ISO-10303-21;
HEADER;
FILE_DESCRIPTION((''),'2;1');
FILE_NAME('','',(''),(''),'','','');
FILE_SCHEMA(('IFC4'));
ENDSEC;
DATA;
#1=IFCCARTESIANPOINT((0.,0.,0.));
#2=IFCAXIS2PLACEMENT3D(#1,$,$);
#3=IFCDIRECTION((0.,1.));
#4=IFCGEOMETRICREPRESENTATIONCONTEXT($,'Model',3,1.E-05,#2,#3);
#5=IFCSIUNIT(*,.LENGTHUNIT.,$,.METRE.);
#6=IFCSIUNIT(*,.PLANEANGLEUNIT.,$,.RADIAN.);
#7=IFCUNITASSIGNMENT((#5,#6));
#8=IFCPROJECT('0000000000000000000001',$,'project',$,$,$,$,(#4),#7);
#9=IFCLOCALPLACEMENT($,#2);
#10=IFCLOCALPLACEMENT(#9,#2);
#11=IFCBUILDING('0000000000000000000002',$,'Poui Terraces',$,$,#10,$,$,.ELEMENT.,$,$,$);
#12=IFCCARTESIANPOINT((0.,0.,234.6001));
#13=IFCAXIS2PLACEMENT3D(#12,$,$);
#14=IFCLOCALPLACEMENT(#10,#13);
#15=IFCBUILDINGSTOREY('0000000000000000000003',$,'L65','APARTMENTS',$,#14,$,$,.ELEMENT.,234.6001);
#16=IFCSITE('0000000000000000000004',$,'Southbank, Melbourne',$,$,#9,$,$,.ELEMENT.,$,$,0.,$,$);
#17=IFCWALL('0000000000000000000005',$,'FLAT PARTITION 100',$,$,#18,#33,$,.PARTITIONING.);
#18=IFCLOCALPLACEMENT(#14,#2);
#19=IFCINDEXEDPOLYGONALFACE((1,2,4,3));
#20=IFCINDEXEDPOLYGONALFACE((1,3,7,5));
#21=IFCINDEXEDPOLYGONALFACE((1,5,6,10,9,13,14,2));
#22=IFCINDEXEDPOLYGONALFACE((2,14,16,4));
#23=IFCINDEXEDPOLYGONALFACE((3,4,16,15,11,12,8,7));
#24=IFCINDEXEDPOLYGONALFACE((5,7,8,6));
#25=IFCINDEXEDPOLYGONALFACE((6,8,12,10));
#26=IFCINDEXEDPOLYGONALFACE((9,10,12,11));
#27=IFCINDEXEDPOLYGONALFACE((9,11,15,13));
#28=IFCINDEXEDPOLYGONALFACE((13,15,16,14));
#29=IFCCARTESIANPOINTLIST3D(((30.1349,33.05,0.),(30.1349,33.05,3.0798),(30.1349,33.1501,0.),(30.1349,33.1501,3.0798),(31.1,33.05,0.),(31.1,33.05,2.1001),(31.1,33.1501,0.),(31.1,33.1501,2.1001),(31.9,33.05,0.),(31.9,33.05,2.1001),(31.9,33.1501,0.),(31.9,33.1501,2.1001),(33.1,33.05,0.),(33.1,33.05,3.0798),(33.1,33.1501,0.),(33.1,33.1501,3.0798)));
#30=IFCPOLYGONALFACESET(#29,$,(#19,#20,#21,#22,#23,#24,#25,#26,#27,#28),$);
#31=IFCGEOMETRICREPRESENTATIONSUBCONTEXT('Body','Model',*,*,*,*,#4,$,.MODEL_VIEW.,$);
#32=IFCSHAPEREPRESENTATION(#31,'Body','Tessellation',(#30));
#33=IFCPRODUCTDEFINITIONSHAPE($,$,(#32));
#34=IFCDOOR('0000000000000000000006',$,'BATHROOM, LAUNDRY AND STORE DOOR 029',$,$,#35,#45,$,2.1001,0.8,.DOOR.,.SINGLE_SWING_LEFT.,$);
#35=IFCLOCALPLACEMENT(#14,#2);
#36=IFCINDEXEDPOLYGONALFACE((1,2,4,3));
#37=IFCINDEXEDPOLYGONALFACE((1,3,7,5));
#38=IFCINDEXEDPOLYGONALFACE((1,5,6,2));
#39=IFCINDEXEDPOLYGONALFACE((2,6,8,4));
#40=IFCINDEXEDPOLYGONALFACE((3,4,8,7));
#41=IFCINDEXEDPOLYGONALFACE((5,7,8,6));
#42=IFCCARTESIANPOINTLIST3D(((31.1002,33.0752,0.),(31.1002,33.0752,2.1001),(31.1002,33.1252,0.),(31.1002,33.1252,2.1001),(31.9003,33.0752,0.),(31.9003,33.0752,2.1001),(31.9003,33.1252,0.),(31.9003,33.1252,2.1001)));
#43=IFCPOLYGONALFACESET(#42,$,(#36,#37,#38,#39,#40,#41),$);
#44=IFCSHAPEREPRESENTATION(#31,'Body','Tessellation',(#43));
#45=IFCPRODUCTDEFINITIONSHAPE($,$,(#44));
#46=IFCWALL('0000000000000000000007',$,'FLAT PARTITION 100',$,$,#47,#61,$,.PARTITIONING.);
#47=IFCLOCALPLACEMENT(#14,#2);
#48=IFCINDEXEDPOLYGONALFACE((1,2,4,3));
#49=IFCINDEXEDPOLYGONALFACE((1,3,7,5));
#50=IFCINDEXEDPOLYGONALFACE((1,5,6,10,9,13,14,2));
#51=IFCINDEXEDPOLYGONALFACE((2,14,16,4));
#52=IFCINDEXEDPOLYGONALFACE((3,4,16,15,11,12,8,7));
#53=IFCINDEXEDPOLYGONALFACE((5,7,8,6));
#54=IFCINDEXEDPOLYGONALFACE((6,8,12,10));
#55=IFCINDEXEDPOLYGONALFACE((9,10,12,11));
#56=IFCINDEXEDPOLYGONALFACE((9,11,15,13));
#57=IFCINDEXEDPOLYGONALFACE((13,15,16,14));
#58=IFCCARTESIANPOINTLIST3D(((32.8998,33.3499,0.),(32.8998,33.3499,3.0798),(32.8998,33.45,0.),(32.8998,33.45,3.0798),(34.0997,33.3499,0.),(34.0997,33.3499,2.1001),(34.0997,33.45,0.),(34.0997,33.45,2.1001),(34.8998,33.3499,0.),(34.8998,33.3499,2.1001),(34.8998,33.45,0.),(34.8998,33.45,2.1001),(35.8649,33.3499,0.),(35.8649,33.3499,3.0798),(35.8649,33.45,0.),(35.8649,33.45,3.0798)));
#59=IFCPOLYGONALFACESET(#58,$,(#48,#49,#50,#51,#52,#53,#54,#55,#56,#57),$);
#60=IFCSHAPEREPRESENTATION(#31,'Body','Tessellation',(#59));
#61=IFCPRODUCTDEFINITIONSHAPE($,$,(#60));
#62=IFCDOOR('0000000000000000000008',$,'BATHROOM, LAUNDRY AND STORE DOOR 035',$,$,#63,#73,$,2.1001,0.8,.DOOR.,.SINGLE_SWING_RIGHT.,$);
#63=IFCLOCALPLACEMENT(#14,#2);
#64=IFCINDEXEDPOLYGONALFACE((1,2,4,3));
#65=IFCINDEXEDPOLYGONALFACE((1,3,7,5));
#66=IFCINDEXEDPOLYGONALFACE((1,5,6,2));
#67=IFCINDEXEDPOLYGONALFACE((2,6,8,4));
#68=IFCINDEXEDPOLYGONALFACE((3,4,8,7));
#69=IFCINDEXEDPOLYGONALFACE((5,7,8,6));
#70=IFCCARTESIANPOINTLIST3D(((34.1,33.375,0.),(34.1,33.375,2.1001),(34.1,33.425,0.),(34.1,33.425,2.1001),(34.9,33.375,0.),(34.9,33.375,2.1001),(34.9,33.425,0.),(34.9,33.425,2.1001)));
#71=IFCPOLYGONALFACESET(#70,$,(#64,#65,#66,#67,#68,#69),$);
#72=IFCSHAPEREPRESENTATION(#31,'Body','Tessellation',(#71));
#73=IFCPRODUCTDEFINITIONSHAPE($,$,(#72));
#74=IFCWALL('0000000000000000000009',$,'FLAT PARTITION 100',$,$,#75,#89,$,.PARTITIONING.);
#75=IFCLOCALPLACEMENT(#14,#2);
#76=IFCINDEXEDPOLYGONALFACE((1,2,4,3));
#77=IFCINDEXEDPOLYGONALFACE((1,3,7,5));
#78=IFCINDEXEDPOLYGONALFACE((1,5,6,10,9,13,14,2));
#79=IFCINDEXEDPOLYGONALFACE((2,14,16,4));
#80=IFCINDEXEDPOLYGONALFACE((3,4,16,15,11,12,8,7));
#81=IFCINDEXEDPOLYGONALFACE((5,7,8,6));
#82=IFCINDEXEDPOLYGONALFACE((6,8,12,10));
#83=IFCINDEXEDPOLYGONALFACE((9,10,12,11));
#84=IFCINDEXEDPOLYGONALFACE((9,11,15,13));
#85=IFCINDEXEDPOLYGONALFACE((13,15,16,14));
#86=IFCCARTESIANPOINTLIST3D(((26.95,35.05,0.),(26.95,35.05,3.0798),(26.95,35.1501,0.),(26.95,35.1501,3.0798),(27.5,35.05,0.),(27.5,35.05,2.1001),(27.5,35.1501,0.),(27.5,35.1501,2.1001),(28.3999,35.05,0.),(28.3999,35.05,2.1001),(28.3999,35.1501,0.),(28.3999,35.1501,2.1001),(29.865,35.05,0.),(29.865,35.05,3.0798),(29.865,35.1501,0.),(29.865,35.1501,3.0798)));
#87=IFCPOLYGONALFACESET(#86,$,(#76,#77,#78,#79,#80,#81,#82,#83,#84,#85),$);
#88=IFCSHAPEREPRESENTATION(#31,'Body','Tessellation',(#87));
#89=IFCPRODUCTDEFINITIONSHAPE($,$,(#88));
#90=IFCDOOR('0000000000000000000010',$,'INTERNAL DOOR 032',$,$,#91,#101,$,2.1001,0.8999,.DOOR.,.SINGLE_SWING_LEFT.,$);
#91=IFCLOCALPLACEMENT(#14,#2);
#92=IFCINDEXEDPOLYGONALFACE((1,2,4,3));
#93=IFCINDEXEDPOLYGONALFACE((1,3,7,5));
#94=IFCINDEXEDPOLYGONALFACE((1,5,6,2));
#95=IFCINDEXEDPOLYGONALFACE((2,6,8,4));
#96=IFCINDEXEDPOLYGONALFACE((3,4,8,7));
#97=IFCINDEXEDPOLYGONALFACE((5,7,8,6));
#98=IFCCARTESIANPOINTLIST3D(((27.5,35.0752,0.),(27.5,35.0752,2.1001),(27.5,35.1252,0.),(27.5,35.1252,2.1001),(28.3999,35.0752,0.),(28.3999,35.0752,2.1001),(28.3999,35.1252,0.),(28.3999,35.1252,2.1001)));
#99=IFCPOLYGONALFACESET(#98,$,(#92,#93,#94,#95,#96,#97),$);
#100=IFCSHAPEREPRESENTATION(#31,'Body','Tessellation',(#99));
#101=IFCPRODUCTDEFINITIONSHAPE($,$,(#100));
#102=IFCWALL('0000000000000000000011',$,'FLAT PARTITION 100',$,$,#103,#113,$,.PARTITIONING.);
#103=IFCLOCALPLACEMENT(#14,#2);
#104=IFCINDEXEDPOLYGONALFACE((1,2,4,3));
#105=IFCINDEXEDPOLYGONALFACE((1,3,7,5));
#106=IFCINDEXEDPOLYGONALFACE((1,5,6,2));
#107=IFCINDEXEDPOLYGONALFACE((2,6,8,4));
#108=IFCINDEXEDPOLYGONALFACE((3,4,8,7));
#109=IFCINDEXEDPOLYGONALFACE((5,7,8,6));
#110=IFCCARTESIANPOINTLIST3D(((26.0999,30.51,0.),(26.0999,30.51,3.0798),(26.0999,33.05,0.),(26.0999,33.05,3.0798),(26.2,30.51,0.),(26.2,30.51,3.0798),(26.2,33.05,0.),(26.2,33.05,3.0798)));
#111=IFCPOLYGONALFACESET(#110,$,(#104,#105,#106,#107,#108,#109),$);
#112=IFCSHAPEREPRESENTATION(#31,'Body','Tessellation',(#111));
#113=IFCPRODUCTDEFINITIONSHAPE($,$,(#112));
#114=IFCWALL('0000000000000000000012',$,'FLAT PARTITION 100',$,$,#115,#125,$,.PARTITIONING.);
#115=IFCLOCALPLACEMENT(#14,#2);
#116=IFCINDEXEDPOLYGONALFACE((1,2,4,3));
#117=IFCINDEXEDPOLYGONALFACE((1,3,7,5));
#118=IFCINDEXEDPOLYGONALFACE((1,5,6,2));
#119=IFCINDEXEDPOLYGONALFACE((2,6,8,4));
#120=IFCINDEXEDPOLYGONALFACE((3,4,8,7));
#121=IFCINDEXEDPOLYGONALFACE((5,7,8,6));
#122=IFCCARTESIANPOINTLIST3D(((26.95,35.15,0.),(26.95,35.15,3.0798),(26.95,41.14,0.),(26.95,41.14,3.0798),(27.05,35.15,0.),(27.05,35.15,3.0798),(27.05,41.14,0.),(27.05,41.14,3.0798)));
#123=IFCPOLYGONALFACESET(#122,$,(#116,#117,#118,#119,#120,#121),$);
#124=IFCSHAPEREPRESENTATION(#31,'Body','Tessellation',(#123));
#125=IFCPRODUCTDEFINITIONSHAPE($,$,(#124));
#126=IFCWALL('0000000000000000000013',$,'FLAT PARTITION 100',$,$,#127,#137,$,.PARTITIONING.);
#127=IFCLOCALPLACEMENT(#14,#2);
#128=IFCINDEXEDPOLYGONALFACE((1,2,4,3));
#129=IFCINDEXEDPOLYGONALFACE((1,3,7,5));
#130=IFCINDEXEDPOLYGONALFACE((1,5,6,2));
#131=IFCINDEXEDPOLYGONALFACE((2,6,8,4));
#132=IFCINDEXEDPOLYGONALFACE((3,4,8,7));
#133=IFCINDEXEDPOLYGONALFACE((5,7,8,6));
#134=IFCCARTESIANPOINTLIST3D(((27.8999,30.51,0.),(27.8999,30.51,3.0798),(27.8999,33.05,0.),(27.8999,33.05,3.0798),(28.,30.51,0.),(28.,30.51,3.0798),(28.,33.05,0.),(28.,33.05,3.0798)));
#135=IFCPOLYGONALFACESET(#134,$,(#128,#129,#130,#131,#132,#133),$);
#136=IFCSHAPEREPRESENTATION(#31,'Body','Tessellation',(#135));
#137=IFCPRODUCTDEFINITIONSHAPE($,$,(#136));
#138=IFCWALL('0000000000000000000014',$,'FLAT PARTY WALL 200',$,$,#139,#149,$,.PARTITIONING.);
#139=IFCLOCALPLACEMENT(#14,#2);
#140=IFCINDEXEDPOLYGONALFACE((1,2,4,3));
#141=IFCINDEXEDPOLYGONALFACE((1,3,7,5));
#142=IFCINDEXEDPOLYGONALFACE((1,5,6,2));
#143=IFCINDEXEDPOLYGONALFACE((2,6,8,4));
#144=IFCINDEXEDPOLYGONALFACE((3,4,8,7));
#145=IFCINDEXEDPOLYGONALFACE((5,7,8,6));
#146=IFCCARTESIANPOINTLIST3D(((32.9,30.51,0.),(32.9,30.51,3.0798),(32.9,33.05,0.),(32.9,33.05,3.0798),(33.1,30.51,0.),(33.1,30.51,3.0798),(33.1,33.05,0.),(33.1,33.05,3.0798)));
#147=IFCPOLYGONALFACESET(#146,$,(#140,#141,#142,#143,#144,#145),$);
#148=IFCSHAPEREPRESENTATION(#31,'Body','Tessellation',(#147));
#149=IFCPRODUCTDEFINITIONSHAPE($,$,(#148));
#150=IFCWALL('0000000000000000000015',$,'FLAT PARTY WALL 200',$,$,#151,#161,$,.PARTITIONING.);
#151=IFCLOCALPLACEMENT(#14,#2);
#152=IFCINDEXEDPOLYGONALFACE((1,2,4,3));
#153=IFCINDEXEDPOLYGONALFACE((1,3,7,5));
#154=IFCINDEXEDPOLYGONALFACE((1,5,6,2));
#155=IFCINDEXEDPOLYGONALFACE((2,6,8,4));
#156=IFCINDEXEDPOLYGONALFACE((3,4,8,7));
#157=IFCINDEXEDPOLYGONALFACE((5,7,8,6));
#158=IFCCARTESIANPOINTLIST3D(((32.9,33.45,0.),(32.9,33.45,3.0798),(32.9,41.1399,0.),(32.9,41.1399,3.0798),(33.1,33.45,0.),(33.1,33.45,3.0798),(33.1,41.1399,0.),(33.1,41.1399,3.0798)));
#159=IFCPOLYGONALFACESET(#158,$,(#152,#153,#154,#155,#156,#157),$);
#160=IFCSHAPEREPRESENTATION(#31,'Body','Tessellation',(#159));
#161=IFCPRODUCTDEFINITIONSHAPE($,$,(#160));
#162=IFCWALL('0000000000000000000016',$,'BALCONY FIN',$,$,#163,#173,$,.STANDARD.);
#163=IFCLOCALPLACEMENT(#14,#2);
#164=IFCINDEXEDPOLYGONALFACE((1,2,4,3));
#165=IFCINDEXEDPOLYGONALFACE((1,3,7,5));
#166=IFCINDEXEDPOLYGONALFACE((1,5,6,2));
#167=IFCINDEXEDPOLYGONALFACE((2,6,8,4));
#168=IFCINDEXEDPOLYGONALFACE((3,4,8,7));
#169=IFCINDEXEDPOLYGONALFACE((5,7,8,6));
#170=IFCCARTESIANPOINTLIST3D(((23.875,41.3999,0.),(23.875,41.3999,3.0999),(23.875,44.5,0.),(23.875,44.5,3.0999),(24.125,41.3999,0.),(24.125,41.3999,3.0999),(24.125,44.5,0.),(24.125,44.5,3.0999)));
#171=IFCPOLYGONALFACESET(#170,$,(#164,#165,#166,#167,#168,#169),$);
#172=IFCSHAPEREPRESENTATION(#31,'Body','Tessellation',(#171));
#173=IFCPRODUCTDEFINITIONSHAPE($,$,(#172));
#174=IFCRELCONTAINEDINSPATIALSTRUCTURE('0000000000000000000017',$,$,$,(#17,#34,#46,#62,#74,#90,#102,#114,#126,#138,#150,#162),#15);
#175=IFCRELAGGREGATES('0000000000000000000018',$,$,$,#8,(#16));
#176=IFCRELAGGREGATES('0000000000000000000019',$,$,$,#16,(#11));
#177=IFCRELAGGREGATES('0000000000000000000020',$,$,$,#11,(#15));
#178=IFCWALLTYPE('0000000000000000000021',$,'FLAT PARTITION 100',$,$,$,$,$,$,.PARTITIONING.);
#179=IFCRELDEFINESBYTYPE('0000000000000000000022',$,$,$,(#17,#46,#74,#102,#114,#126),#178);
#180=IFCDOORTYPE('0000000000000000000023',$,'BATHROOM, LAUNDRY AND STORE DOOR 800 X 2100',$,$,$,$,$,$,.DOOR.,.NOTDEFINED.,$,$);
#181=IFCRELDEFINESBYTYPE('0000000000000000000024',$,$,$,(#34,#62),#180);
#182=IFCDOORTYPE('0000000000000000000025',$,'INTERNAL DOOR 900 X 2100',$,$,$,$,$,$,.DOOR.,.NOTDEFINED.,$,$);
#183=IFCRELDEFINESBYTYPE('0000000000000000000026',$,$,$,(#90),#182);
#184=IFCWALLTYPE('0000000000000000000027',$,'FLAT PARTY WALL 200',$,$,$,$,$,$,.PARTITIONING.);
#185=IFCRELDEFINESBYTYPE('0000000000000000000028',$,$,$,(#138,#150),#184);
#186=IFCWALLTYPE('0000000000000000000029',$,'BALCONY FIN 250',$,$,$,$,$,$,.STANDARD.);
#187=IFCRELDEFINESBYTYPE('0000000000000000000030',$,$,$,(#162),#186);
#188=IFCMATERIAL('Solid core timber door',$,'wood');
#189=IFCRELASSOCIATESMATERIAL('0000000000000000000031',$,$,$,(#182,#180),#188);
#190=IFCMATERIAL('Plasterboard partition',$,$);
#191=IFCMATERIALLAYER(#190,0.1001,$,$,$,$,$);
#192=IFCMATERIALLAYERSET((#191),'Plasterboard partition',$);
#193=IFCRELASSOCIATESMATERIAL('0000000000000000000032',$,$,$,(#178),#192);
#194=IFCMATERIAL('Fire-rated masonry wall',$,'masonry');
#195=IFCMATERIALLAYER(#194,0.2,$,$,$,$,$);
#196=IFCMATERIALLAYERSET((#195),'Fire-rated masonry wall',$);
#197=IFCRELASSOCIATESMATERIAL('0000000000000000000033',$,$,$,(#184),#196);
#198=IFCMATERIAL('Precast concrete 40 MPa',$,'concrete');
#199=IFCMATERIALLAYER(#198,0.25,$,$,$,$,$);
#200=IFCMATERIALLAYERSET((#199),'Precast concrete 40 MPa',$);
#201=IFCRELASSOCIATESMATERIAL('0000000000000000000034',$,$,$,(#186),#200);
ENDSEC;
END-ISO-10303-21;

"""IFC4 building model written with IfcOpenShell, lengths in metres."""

from ifc_helpers import new_model, si_unit, direction, frame, frame_2d, origin, place, context, subcontext, project, spatial, polyline, rectangle, outline, extrude, source, transform, mapped, material, layer, layer_set, type_object, element, fill, save


model = new_model("IFC4")

# Units and contexts
model_context = context("Model", 3, precision=1e-05, world=origin(), true_north=direction((0.0, 1.0)))
body_context = subcontext(model_context, "Body", "Model", "MODEL_VIEW")
ifc_project = project(units=[si_unit("LENGTHUNIT", "METRE"), si_unit("PLANEANGLEUNIT", "RADIAN")], contexts=[model_context])

# Site, building, storey
site_placement = place(None, origin())
site = spatial("IfcSite", under=ifc_project, at=site_placement, Name="Southbank, Melbourne", CompositionType="ELEMENT", RefElevation=0.0)
building_placement = place(site_placement, origin())
building = spatial("IfcBuilding", under=site, at=building_placement, Name="Poui Terraces", CompositionType="ELEMENT")
storey_placement = place(building_placement, frame((0.0, 0.0, 234.6001)))
storey = spatial("IfcBuildingStorey", under=building, at=storey_placement, Name="L65", Description="APARTMENTS", CompositionType="ELEMENT", Elevation=234.6001)

# Walls, openings, doors
ifc_material_1 = material(Name="Solid core timber door", Category="wood")
door_type_1 = type_object("IfcDoorType", Name="INTERNAL DOOR 900 X 2100", OperationType="NOTDEFINED", PredefinedType="DOOR", material=ifc_material_1)
ifc_material_2 = material(Name="Plasterboard partition")
ifc_layer_1 = layer(ifc_material_2, 0.1001)
ifc_layer_set_1 = layer_set([ifc_layer_1], Name="Plasterboard partition")
wall_type_1 = type_object("IfcWallType", Name="FLAT PARTITION 100", PredefinedType="PARTITIONING", material=ifc_layer_set_1)
door_type_2 = type_object("IfcDoorType", Name="BATHROOM, LAUNDRY AND STORE DOOR 800 X 2100", OperationType="NOTDEFINED", PredefinedType="DOOR", material=ifc_material_1)
wall_1_placement = place(storey_placement, frame((30.135, 33.1001, 0.0), z_axis=(0.0, 0.0, 1.0), x_axis=(1.0, 0.0, 0.0)))
wall_1 = element("IfcWall", 1, at=wall_1_placement, inside=storey, type_object=wall_type_1, Name="FLAT PARTITION 100", PredefinedType="PARTITIONING", context=body_context, shape_type="SweptSolid", body=[
    extrude(rectangle(XDim=2.9651, YDim=0.1001, at=frame_2d((1.4824, 0.0))), origin(), (0.0, 0.0, 1.0), 3.0798),
])
opening_1_placement = place(wall_1_placement, frame((0.9651, 0.0, 0.0)))
opening_1 = element("IfcOpeningElement", 2, at=opening_1_placement, cuts=wall_1, PredefinedType="OPENING", context=body_context, shape_type="SweptSolid", body=[
    extrude(rectangle(XDim=0.8, YDim=2.1001, at=frame_2d((0.3999, 1.05))), frame((0.0, 0.0601, 0.0), z_axis=(0.0, -1.0, 0.0), x_axis=(1.0, 0.0, 0.0)), (0.0, 0.0, 1.0), 0.1201),
])
door_1_placement = place(opening_1_placement, frame((0.8, 0.0, 0.0), z_axis=(0.0, 0.0, 1.0), x_axis=(-1.0, 0.0, 0.0)))
door_1 = element("IfcDoor", 3, at=door_1_placement, inside=storey, type_object=door_type_2, Name="BATHROOM, LAUNDRY AND STORE DOOR 029", OperationType="SINGLE_SWING_LEFT", OverallHeight=2.1001, OverallWidth=0.8, PredefinedType="DOOR", context=body_context, shape_type="SweptSolid", body=[
    extrude(rectangle(XDim=0.8, YDim=2.1001, at=frame_2d((0.3999, 1.05))), frame((0.0, 0.0249, 0.0), z_axis=(0.0, -1.0, 0.0), x_axis=(1.0, 0.0, 0.0)), (0.0, 0.0, 1.0), 0.05),
])
fill(opening_1, door_1)
wall_2_placement = place(storey_placement, frame((32.8999, 33.3999, 0.0), z_axis=(0.0, 0.0, 1.0), x_axis=(1.0, 0.0, 0.0)))
wall_2 = element("IfcWall", 4, at=wall_2_placement, inside=storey, type_object=wall_type_1, Name="FLAT PARTITION 100", PredefinedType="PARTITIONING", context=body_context, shape_type="SweptSolid", body=[
    extrude(rectangle(XDim=2.9651, YDim=0.1001, at=frame_2d((1.4824, 0.0))), origin(), (0.0, 0.0, 1.0), 3.0798),
])
opening_2_placement = place(wall_2_placement, frame((1.2, 0.0, 0.0)))
opening_2 = element("IfcOpeningElement", 5, at=opening_2_placement, cuts=wall_2, PredefinedType="OPENING", context=body_context, shape_type="SweptSolid", body=[
    extrude(rectangle(XDim=0.8, YDim=2.1001, at=frame_2d((0.3999, 1.05))), frame((0.0, 0.0601, 0.0), z_axis=(0.0, -1.0, 0.0), x_axis=(1.0, 0.0, 0.0)), (0.0, 0.0, 1.0), 0.1201),
])
door_2_placement = place(opening_2_placement, frame((0.8, 0.0, 0.0), z_axis=(0.0, 0.0, 1.0), x_axis=(-1.0, 0.0, 0.0)))
door_2 = element("IfcDoor", 6, at=door_2_placement, inside=storey, type_object=door_type_2, Name="BATHROOM, LAUNDRY AND STORE DOOR 035", OperationType="SINGLE_SWING_RIGHT", OverallHeight=2.1001, OverallWidth=0.8, PredefinedType="DOOR", context=body_context, shape_type="SweptSolid", body=[
    extrude(rectangle(XDim=0.8, YDim=2.1001, at=frame_2d((0.3999, 1.05))), frame((0.0, 0.0249, 0.0), z_axis=(0.0, -1.0, 0.0), x_axis=(1.0, 0.0, 0.0)), (0.0, 0.0, 1.0), 0.05),
])
fill(opening_2, door_2)
wall_3_placement = place(storey_placement, frame((26.95, 35.1001, 0.0), z_axis=(0.0, 0.0, 1.0), x_axis=(1.0, 0.0, 0.0)))
wall_3 = element("IfcWall", 7, at=wall_3_placement, inside=storey, type_object=wall_type_1, Name="FLAT PARTITION 100", PredefinedType="PARTITIONING", context=body_context, shape_type="SweptSolid", body=[
    extrude(rectangle(XDim=2.915, YDim=0.1001, at=frame_2d((1.4575, 0.0))), origin(), (0.0, 0.0, 1.0), 3.0798),
])
opening_3_placement = place(wall_3_placement, frame((0.55, 0.0, 0.0)))
opening_3 = element("IfcOpeningElement", 8, at=opening_3_placement, cuts=wall_3, PredefinedType="OPENING", context=body_context, shape_type="SweptSolid", body=[
    extrude(rectangle(XDim=0.8999, YDim=2.1001, at=frame_2d((0.45, 1.05))), frame((0.0, 0.0601, 0.0), z_axis=(0.0, -1.0, 0.0), x_axis=(1.0, 0.0, 0.0)), (0.0, 0.0, 1.0), 0.1201),
])
door_3_placement = place(opening_3_placement, frame((0.8999, 0.0, 0.0), z_axis=(0.0, 0.0, 1.0), x_axis=(-1.0, 0.0, 0.0)))
door_3 = element("IfcDoor", 9, at=door_3_placement, inside=storey, type_object=door_type_1, Name="INTERNAL DOOR 032", OperationType="SINGLE_SWING_LEFT", OverallHeight=2.1001, OverallWidth=0.8999, PredefinedType="DOOR", context=body_context, shape_type="SweptSolid", body=[
    extrude(rectangle(XDim=0.8999, YDim=2.1001, at=frame_2d((0.45, 1.05))), frame((0.0, 0.0249, 0.0), z_axis=(0.0, -1.0, 0.0), x_axis=(1.0, 0.0, 0.0)), (0.0, 0.0, 1.0), 0.05),
])
fill(opening_3, door_3)

# Walls
wall_4_placement = place(storey_placement, frame((26.1499, 30.51, 0.0), z_axis=(0.0, 0.0, 1.0), x_axis=(0.0, 1.0, 0.0)))
element("IfcWall", 10, at=wall_4_placement, inside=storey, type_object=wall_type_1, Name="FLAT PARTITION 100", PredefinedType="PARTITIONING", context=body_context, shape_type="SweptSolid", body=[
    extrude(rectangle(XDim=2.54, YDim=0.1001, at=frame_2d((1.27, 0.0))), origin(), (0.0, 0.0, 1.0), 3.0798),
])
wall_5_placement = place(storey_placement, frame((27.0, 35.1499, 0.0), z_axis=(0.0, 0.0, 1.0), x_axis=(0.0, 1.0, 0.0)))
element("IfcWall", 11, at=wall_5_placement, inside=storey, type_object=wall_type_1, Name="FLAT PARTITION 100", PredefinedType="PARTITIONING", context=body_context, shape_type="SweptSolid", body=[
    extrude(rectangle(XDim=5.99, YDim=0.1001, at=frame_2d((2.9951, 0.0))), origin(), (0.0, 0.0, 1.0), 3.0798),
])
wall_6_placement = place(storey_placement, frame((27.95, 30.51, 0.0), z_axis=(0.0, 0.0, 1.0), x_axis=(0.0, 1.0, 0.0)))
element("IfcWall", 12, at=wall_6_placement, inside=storey, type_object=wall_type_1, Name="FLAT PARTITION 100", PredefinedType="PARTITIONING", context=body_context, shape_type="SweptSolid", body=[
    extrude(rectangle(XDim=2.54, YDim=0.1001, at=frame_2d((1.27, 0.0))), origin(), (0.0, 0.0, 1.0), 3.0798),
])
ifc_material_3 = material(Name="Fire-rated masonry wall", Category="masonry")
ifc_layer_2 = layer(ifc_material_3, 0.2)
ifc_layer_set_2 = layer_set([ifc_layer_2], Name="Fire-rated masonry wall")
wall_type_2 = type_object("IfcWallType", Name="FLAT PARTY WALL 200", PredefinedType="PARTITIONING", material=ifc_layer_set_2)
wall_7_placement = place(storey_placement, frame((33.0, 30.51, 0.0), z_axis=(0.0, 0.0, 1.0), x_axis=(0.0, 1.0, 0.0)))
element("IfcWall", 13, at=wall_7_placement, inside=storey, type_object=wall_type_2, Name="FLAT PARTY WALL 200", PredefinedType="PARTITIONING", context=body_context, shape_type="SweptSolid", body=[
    extrude(rectangle(XDim=2.54, YDim=0.2, at=frame_2d((1.27, 0.0))), origin(), (0.0, 0.0, 1.0), 3.0798),
])
wall_8_placement = place(storey_placement, frame((33.0, 33.45, 0.0), z_axis=(0.0, 0.0, 1.0), x_axis=(0.0, 1.0, 0.0)))
element("IfcWall", 14, at=wall_8_placement, inside=storey, type_object=wall_type_2, Name="FLAT PARTY WALL 200", PredefinedType="PARTITIONING", context=body_context, shape_type="SweptSolid", body=[
    extrude(rectangle(XDim=7.6899, YDim=0.2, at=frame_2d((3.845, 0.0))), origin(), (0.0, 0.0, 1.0), 3.0798),
])
ifc_material_4 = material(Name="Precast concrete 40 MPa", Category="concrete")
ifc_layer_3 = layer(ifc_material_4, 0.25)
ifc_layer_set_3 = layer_set([ifc_layer_3], Name="Precast concrete 40 MPa")
wall_type_3 = type_object("IfcWallType", Name="BALCONY FIN 250", PredefinedType="STANDARD", material=ifc_layer_set_3)
shared_shape_1 = source(origin(), body_context, "Body", "SweptSolid", [
    extrude(outline(polyline([(0.0, 0.0), (0.25, 0.0), (0.25, 3.1001), (0.0, 3.1001), (0.0, 0.0)])), origin(), (0.0, 0.0, 1.0), 3.0999),
])
for number, where, name in (
    (15, (23.875, 41.3999, 0.0), "BALCONY FIN"),
):
    element("IfcWall", number, at=place(storey_placement, frame(where)), inside=storey, type_object=wall_type_3, Name=name, PredefinedType="STANDARD", context=body_context, shape_type="MappedRepresentation", body=[
        mapped(shared_shape_1, transform((0.0, 0.0, 0.0))),
    ])

save(model, "model.ifc")
